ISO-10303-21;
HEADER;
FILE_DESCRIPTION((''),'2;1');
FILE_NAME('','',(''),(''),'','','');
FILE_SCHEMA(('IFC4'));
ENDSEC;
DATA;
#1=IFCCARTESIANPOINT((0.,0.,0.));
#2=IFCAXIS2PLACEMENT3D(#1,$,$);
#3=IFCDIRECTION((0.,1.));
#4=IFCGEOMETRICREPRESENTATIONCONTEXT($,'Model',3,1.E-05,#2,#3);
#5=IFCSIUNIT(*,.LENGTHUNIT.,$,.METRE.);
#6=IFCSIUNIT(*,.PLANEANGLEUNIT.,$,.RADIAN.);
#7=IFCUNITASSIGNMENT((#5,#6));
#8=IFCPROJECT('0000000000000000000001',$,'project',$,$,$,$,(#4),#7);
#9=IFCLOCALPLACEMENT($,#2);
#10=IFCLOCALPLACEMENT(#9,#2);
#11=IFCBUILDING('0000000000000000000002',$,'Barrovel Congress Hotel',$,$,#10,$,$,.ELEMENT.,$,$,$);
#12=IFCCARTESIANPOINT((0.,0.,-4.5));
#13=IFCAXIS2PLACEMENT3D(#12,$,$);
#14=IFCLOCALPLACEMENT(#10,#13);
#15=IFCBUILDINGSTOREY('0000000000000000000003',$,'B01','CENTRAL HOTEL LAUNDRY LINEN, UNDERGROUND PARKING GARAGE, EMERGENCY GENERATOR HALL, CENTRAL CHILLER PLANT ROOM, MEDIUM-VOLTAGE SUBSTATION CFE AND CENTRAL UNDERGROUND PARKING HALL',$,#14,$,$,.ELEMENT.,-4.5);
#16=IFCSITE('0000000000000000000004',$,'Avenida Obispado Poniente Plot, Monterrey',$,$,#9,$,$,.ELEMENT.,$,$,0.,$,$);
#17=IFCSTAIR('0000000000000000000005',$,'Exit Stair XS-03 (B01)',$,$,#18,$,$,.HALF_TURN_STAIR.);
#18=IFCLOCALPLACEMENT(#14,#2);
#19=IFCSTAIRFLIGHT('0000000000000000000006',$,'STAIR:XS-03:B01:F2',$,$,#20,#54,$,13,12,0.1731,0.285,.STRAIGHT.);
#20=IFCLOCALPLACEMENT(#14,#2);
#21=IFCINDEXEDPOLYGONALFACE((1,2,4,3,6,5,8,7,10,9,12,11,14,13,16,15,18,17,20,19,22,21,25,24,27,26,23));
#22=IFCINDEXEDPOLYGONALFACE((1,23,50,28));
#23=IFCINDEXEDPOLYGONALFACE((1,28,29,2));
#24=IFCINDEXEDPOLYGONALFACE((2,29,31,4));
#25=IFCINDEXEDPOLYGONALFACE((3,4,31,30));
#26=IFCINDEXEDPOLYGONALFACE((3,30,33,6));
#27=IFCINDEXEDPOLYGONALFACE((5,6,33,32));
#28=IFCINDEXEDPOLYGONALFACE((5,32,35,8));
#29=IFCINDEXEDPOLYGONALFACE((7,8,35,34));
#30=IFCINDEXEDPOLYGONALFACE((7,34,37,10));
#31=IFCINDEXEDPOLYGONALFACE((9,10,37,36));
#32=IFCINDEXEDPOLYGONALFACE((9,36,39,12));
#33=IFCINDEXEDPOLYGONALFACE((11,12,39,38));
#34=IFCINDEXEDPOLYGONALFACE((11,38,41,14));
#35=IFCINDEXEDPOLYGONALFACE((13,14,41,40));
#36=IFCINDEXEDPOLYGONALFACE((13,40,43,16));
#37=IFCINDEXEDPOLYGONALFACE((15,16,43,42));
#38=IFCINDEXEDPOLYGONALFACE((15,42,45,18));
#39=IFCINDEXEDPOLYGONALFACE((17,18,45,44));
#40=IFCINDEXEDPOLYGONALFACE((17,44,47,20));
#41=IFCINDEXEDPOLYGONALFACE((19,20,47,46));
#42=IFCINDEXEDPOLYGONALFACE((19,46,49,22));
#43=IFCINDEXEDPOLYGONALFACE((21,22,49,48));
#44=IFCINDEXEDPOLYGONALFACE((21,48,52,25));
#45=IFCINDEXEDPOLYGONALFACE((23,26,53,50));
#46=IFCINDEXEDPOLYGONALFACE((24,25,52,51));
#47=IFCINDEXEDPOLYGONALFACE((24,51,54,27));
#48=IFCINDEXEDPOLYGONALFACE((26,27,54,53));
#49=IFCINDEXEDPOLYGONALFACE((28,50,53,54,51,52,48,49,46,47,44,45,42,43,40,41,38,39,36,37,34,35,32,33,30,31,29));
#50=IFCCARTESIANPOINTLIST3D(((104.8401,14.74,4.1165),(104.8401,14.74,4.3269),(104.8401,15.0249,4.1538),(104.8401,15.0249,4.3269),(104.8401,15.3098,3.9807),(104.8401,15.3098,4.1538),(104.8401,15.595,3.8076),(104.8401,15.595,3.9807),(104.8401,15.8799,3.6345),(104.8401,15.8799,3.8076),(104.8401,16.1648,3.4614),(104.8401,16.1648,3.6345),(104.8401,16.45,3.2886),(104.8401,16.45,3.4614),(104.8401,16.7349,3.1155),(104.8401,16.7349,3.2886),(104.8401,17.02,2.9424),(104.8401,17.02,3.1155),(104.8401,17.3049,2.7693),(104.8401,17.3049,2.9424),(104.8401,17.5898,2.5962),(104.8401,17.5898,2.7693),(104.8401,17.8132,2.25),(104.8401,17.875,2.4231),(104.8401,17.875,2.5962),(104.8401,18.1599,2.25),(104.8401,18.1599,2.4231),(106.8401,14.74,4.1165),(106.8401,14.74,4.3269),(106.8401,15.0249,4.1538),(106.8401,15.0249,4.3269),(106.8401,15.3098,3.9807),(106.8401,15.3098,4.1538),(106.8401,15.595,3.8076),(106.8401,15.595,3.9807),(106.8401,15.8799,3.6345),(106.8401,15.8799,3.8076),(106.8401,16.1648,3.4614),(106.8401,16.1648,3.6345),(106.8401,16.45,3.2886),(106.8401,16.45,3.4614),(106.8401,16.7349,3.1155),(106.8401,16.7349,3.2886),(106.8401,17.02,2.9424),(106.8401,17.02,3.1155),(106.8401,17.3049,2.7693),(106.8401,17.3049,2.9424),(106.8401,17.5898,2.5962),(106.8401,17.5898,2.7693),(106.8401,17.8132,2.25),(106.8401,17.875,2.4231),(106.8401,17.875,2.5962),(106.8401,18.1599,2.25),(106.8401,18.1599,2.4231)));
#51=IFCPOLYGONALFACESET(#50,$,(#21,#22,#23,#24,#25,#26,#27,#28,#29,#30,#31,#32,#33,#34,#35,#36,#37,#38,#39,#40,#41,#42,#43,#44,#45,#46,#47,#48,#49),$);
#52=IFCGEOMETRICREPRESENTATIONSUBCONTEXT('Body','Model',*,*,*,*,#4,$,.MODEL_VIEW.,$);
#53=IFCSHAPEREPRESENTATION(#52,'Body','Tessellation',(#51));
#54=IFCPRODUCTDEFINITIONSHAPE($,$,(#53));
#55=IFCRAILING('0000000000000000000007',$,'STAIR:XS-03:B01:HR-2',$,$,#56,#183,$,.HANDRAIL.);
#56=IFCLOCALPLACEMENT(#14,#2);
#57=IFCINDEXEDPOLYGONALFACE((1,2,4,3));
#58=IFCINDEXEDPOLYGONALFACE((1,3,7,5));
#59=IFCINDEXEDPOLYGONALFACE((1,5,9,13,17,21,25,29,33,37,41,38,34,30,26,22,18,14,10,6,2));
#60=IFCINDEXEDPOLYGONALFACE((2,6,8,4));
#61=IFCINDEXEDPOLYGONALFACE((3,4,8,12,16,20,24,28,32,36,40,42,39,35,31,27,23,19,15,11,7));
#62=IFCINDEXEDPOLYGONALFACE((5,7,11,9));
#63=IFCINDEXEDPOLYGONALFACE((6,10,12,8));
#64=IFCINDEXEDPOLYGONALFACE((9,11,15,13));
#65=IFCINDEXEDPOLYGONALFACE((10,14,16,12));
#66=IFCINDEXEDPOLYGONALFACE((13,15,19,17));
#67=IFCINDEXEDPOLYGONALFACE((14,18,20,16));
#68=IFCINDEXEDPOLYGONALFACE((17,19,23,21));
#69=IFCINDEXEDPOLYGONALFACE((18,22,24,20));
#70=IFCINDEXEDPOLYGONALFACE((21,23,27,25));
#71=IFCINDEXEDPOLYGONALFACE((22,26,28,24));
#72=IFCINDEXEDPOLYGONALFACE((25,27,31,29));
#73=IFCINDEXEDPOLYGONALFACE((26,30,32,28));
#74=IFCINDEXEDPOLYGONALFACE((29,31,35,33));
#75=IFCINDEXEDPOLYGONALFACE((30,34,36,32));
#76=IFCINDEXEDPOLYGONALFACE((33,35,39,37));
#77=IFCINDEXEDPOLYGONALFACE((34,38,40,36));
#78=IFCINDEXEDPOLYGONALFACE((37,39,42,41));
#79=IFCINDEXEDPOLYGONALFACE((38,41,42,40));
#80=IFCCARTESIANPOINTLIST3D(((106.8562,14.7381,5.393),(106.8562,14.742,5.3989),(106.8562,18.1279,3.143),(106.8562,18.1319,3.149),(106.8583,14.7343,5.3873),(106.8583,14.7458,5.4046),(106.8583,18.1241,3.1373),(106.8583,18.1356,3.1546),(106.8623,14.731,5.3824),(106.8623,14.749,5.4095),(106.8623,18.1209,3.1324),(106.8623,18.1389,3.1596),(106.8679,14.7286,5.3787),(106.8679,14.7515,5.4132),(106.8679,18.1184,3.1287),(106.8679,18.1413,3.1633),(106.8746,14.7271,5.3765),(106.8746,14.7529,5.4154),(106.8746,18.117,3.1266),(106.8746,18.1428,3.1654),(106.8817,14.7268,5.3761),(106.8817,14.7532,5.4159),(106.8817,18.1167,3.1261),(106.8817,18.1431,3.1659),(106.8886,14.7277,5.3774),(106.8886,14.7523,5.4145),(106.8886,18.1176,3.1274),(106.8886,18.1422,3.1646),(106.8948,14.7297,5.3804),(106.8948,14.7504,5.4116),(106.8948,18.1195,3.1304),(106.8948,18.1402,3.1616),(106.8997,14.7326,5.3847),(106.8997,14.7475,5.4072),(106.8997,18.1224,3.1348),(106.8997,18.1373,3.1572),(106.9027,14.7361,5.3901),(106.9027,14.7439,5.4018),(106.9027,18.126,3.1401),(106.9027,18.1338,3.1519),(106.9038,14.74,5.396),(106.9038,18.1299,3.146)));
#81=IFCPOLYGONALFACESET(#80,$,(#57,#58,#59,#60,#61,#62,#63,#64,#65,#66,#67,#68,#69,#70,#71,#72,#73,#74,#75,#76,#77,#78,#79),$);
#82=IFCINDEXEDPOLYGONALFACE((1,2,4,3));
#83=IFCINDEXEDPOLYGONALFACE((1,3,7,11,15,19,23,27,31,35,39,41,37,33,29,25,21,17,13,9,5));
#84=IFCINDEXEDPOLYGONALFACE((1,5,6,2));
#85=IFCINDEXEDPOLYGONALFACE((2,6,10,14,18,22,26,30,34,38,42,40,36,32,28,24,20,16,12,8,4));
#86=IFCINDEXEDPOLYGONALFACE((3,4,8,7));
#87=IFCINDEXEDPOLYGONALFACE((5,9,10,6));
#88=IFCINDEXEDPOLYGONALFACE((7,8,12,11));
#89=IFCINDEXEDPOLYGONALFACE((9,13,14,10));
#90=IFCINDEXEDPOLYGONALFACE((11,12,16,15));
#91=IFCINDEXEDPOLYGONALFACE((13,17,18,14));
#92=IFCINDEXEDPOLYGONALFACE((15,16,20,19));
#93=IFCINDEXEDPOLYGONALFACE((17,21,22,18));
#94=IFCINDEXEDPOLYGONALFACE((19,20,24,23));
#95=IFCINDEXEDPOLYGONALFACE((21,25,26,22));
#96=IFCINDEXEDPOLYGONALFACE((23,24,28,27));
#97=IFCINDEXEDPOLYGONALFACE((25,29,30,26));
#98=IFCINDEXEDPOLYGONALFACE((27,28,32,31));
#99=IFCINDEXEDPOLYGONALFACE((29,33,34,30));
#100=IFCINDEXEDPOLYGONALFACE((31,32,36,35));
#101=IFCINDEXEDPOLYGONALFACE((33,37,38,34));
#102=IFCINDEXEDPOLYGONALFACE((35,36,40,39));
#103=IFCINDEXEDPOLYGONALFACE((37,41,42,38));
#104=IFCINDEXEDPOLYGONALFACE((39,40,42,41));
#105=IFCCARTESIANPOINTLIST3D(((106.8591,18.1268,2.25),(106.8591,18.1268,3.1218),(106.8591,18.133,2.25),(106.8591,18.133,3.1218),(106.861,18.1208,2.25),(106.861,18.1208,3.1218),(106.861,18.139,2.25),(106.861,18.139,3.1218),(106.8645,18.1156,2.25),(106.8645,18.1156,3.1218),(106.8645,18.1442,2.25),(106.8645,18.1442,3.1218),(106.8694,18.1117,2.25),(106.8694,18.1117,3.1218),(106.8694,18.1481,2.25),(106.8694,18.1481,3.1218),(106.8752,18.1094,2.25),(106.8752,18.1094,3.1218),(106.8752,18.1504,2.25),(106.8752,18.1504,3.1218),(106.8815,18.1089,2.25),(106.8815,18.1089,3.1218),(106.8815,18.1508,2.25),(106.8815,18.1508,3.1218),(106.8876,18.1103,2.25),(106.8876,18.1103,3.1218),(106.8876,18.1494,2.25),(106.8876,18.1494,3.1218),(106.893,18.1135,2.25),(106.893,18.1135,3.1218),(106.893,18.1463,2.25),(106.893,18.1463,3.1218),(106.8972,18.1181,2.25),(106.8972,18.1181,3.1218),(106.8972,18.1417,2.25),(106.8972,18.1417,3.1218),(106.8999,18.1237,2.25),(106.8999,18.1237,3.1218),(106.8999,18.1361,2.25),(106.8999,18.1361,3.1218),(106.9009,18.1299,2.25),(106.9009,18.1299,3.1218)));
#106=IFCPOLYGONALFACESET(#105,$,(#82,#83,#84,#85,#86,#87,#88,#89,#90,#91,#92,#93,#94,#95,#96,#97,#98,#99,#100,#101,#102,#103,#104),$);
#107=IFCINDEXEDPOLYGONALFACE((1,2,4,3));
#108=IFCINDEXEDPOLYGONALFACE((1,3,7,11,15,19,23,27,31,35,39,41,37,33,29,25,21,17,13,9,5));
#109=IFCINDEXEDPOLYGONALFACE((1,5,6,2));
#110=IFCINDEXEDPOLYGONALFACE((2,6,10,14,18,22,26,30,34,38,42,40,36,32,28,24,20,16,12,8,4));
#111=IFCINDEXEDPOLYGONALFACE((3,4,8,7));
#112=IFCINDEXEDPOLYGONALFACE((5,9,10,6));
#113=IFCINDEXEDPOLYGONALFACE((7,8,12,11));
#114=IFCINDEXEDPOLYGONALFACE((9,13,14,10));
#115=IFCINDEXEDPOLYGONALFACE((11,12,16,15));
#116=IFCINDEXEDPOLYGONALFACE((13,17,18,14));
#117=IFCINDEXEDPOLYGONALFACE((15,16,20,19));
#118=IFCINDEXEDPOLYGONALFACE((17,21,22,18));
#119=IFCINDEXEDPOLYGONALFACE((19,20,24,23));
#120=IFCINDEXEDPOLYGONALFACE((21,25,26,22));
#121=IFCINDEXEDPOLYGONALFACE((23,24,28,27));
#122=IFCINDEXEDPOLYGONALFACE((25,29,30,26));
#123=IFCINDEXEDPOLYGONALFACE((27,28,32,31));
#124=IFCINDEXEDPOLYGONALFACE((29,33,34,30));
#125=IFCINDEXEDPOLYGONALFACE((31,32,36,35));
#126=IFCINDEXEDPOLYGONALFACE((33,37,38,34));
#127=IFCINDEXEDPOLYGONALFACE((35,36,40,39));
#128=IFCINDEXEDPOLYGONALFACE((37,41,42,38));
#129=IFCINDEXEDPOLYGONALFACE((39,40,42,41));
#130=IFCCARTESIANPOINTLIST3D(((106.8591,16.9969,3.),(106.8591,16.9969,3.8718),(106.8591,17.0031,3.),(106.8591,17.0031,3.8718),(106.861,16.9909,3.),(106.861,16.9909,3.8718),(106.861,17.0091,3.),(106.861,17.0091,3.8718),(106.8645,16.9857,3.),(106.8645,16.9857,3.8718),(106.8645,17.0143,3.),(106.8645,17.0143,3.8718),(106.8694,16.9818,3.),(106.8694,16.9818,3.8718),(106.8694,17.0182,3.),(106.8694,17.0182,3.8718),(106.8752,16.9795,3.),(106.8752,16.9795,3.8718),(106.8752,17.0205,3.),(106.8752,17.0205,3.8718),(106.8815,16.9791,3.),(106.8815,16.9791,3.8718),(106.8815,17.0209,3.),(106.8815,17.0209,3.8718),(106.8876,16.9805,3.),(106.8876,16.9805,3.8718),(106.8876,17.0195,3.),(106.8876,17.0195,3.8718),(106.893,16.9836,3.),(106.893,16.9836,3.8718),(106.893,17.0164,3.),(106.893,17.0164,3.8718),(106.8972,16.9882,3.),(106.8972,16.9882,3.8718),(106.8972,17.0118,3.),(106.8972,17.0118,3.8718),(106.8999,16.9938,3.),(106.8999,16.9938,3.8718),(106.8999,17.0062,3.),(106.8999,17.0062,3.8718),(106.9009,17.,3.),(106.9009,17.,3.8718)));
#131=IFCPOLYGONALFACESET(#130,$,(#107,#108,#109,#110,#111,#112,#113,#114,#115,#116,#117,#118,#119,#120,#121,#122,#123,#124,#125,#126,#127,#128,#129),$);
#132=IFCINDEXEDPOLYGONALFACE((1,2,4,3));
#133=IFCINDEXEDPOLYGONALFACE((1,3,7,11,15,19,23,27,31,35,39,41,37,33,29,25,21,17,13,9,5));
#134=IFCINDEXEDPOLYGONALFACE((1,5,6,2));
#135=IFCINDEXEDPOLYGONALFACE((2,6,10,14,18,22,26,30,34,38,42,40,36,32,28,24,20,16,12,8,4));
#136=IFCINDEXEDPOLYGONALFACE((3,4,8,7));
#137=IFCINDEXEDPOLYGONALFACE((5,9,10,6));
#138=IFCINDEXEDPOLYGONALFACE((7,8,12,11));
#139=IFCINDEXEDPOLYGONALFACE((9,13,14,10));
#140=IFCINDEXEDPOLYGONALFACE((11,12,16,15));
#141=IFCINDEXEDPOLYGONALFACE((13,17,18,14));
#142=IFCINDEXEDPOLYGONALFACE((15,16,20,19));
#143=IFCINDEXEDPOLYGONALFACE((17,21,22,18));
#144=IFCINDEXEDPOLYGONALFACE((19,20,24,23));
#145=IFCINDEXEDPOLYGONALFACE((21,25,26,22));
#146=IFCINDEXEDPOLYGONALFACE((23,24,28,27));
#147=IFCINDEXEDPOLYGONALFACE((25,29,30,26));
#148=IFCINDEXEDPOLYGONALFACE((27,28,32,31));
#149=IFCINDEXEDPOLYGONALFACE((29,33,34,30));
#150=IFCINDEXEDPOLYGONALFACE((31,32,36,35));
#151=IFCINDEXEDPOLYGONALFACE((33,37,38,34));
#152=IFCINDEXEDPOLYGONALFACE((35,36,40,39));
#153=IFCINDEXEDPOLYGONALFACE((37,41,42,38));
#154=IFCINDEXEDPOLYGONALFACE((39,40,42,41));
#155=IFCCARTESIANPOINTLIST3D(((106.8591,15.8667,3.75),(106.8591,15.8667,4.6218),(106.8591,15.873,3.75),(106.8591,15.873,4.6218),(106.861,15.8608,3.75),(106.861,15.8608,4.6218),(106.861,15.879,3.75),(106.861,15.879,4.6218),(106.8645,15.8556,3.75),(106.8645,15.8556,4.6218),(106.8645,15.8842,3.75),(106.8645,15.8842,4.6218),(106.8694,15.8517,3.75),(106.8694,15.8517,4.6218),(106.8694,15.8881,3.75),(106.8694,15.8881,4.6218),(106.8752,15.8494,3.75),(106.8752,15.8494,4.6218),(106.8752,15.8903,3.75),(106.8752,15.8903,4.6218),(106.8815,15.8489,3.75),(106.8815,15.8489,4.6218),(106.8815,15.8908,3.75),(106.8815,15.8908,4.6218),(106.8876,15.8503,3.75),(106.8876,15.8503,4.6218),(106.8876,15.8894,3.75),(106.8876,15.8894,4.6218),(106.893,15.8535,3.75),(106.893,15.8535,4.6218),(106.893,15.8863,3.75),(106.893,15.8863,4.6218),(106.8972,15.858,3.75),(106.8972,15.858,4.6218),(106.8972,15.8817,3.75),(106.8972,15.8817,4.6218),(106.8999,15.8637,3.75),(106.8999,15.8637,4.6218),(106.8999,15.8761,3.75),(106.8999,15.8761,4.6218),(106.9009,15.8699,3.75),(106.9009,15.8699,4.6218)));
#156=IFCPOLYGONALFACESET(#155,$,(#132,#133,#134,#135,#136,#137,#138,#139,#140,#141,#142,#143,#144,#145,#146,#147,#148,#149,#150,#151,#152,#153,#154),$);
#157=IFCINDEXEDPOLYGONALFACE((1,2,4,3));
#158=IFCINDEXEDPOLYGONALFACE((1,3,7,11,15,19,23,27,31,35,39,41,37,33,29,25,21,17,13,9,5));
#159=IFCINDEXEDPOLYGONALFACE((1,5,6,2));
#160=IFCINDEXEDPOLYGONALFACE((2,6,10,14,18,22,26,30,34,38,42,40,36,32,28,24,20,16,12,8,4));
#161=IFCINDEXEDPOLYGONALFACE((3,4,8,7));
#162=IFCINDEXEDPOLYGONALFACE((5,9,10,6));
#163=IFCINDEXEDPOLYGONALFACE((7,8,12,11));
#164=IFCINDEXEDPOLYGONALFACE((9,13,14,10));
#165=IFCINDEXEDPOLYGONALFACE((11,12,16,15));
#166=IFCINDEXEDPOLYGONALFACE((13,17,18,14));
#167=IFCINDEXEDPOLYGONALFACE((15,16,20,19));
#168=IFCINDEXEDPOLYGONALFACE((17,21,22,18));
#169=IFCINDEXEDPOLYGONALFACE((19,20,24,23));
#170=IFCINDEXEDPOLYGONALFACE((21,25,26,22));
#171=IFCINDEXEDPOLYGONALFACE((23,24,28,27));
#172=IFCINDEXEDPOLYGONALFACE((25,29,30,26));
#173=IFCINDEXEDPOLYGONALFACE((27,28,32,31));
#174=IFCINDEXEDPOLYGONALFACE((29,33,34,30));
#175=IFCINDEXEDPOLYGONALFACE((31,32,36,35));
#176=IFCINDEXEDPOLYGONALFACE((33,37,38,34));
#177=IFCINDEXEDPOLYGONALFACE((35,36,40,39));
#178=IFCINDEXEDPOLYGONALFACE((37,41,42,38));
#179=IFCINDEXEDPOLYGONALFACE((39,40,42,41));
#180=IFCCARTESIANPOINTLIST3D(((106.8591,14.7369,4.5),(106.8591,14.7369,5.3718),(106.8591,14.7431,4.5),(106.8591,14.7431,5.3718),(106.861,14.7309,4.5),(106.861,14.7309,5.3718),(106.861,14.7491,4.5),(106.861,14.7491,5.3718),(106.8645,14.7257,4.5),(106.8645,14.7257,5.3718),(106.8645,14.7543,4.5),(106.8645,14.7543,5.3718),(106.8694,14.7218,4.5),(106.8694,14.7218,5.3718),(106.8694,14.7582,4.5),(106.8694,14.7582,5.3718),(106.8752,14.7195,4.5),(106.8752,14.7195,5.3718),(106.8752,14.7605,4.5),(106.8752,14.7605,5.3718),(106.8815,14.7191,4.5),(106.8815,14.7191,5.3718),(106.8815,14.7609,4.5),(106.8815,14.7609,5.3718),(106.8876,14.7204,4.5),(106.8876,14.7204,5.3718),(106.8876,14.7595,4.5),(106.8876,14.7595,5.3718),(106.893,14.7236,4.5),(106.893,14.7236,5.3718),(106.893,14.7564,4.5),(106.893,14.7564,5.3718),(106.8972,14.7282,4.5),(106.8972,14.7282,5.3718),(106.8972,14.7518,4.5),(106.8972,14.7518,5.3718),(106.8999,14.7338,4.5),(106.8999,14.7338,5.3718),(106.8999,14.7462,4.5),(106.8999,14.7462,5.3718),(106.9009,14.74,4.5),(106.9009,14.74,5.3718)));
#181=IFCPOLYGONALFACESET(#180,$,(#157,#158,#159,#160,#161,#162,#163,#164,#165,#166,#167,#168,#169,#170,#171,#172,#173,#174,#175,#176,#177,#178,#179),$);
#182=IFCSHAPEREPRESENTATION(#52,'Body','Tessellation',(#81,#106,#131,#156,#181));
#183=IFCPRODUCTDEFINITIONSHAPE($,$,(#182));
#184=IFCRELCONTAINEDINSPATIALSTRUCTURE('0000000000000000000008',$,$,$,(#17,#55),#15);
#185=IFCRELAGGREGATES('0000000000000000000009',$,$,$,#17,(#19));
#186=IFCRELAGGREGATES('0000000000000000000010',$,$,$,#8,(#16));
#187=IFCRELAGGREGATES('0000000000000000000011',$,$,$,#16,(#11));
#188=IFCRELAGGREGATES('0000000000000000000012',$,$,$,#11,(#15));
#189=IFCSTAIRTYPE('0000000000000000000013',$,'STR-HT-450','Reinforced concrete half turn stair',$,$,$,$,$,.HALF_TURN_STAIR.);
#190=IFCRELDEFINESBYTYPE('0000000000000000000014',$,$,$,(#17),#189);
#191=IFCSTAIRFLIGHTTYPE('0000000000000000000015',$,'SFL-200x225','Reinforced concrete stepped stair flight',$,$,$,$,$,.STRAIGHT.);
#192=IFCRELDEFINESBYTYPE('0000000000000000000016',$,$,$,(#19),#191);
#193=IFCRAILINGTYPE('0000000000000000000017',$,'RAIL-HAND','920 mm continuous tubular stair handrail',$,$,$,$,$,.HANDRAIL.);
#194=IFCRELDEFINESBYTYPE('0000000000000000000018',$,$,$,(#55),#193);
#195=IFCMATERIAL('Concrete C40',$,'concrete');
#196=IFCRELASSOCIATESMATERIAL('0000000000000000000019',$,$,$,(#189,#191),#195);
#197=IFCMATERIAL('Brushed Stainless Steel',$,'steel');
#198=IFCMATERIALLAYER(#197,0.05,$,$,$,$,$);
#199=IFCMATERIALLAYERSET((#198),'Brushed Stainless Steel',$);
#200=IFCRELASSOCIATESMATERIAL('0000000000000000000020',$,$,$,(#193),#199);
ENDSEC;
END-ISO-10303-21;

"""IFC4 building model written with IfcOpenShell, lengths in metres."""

from ifc_helpers import new_model, si_unit, direction, frame, origin, origin_2d, place, context, subcontext, project, spatial, polyline, circle, outline, extrude, material, layer, layer_set, type_object, element, aggregate, save


model = new_model("IFC4")

# Units and contexts
model_context = context("Model", 3, precision=1e-05, world=origin(), true_north=direction((0.0, 1.0)))
body_context = subcontext(model_context, "Body", "Model", "MODEL_VIEW")
ifc_project = project(units=[si_unit("LENGTHUNIT", "METRE"), si_unit("PLANEANGLEUNIT", "RADIAN")], contexts=[model_context])

# Site, building, storey
site_placement = place(None, origin())
site = spatial("IfcSite", under=ifc_project, at=site_placement, Name="Avenida Obispado Poniente Plot, Monterrey", CompositionType="ELEMENT", RefElevation=0.0)
building_placement = place(site_placement, origin())
building = spatial("IfcBuilding", under=site, at=building_placement, Name="Barrovel Congress Hotel", CompositionType="ELEMENT")
storey_placement = place(building_placement, frame((0.0, 0.0, -4.5)))
storey = spatial("IfcBuildingStorey", under=building, at=storey_placement, Name="B01", Description="CENTRAL HOTEL LAUNDRY LINEN, UNDERGROUND PARKING GARAGE, EMERGENCY GENERATOR HALL, CENTRAL CHILLER PLANT ROOM, MEDIUM-VOLTAGE SUBSTATION CFE AND CENTRAL UNDERGROUND PARKING HALL", CompositionType="ELEMENT", Elevation=-4.5)

# Shared definitions
ifc_material_1 = material(Name="Concrete C40", Category="concrete")

# Stair, stair flight
stair_type = type_object("IfcStairType", Name="STR-HT-450", Description="Reinforced concrete half turn stair", PredefinedType="HALF_TURN_STAIR", material=ifc_material_1)
stair_placement = place(storey_placement, origin())
stair = element("IfcStair", 1, at=stair_placement, inside=storey, type_object=stair_type, Name="Exit Stair XS-03 (B01)", PredefinedType="HALF_TURN_STAIR")
stair_flight_type = type_object("IfcStairFlightType", Name="SFL-200x225", Description="Reinforced concrete stepped stair flight", PredefinedType="STRAIGHT", material=ifc_material_1)
stair_flight_placement = place(storey_placement, frame((105.8401, 18.1599, 2.25), z_axis=(0.0, 0.0, 1.0), x_axis=(0.0, -1.0, 0.0)))
stair_flight = element("IfcStairFlight", 2, at=stair_flight_placement, type_object=stair_flight_type, Name="STAIR:XS-03:B01:F2", NumberOfRisers=13, NumberOfTreads=12, PredefinedType="STRAIGHT", RiserHeight=0.1731, TreadLength=0.285, context=body_context, shape_type="SweptSolid", body=[
    extrude(outline(polyline([(0.0, 0.0), (0.0, 0.1731), (0.2849, 0.1731), (0.2849, 0.3462), (0.5701, 0.3462), (0.5701, 0.5193), (0.855, 0.5193), (0.855, 0.6924), (1.1399, 0.6924), (1.1399, 0.8655), (1.425, 0.8655), (1.425, 1.0386), (1.71, 1.0386), (1.71, 1.2114), (1.9951, 1.2114), (1.9951, 1.3845), (2.28, 1.3845), (2.28, 1.5576), (2.5649, 1.5576), (2.5649, 1.7307), (2.8501, 1.7307), (2.8501, 1.9038), (3.135, 1.9038), (3.135, 2.0769), (3.4199, 2.0769), (3.4199, 2.25), (3.4199, 1.8665), (0.3467, 0.0), (0.0, 0.0)])), frame((0.0, 1.0, 0.0), z_axis=(0.0, -1.0, 0.0), x_axis=(1.0, 0.0, 0.0)), (0.0, 0.0, 1.0), 2.0),
])
aggregate(stair, [stair_flight])

# Railing
ifc_material_2 = material(Name="Brushed Stainless Steel", Category="steel")
ifc_layer_1 = layer(ifc_material_2, 0.05)
ifc_layer_set_1 = layer_set([ifc_layer_1], Name="Brushed Stainless Steel")
railing_type = type_object("IfcRailingType", Name="RAIL-HAND", Description="920 mm continuous tubular stair handrail", PredefinedType="HANDRAIL", material=ifc_layer_set_1)
railing_placement = place(storey_placement, frame((106.8799, 18.1299, 2.25)))
element("IfcRailing", 3, at=railing_placement, inside=storey, type_object=railing_type, Name="STAIR:XS-03:B01:HR-2", PredefinedType="HANDRAIL", context=body_context, shape_type="SweptSolid", body=[
    extrude(circle(Radius=0.0239, at=origin_2d()), frame((0.0, 0.0, 0.896), z_axis=(0.0, -0.833175, 0.55301), x_axis=(1.0, 0.0, 0.0)), (0.0, 0.0, 1.0), 4.0686),
    extrude(circle(Radius=0.021, at=origin_2d()), origin(), (0.0, 0.0, 1.0), 0.8718),
    extrude(circle(Radius=0.021, at=origin_2d()), frame((0.0, -1.1299, 0.75)), (0.0, 0.0, 1.0), 0.8718),
    extrude(circle(Radius=0.021, at=origin_2d()), frame((0.0, -2.26, 1.5)), (0.0, 0.0, 1.0), 0.8718),
    extrude(circle(Radius=0.021, at=origin_2d()), frame((0.0, -3.3899, 2.25)), (0.0, 0.0, 1.0), 0.8718),
])

save(model, "model.ifc")
